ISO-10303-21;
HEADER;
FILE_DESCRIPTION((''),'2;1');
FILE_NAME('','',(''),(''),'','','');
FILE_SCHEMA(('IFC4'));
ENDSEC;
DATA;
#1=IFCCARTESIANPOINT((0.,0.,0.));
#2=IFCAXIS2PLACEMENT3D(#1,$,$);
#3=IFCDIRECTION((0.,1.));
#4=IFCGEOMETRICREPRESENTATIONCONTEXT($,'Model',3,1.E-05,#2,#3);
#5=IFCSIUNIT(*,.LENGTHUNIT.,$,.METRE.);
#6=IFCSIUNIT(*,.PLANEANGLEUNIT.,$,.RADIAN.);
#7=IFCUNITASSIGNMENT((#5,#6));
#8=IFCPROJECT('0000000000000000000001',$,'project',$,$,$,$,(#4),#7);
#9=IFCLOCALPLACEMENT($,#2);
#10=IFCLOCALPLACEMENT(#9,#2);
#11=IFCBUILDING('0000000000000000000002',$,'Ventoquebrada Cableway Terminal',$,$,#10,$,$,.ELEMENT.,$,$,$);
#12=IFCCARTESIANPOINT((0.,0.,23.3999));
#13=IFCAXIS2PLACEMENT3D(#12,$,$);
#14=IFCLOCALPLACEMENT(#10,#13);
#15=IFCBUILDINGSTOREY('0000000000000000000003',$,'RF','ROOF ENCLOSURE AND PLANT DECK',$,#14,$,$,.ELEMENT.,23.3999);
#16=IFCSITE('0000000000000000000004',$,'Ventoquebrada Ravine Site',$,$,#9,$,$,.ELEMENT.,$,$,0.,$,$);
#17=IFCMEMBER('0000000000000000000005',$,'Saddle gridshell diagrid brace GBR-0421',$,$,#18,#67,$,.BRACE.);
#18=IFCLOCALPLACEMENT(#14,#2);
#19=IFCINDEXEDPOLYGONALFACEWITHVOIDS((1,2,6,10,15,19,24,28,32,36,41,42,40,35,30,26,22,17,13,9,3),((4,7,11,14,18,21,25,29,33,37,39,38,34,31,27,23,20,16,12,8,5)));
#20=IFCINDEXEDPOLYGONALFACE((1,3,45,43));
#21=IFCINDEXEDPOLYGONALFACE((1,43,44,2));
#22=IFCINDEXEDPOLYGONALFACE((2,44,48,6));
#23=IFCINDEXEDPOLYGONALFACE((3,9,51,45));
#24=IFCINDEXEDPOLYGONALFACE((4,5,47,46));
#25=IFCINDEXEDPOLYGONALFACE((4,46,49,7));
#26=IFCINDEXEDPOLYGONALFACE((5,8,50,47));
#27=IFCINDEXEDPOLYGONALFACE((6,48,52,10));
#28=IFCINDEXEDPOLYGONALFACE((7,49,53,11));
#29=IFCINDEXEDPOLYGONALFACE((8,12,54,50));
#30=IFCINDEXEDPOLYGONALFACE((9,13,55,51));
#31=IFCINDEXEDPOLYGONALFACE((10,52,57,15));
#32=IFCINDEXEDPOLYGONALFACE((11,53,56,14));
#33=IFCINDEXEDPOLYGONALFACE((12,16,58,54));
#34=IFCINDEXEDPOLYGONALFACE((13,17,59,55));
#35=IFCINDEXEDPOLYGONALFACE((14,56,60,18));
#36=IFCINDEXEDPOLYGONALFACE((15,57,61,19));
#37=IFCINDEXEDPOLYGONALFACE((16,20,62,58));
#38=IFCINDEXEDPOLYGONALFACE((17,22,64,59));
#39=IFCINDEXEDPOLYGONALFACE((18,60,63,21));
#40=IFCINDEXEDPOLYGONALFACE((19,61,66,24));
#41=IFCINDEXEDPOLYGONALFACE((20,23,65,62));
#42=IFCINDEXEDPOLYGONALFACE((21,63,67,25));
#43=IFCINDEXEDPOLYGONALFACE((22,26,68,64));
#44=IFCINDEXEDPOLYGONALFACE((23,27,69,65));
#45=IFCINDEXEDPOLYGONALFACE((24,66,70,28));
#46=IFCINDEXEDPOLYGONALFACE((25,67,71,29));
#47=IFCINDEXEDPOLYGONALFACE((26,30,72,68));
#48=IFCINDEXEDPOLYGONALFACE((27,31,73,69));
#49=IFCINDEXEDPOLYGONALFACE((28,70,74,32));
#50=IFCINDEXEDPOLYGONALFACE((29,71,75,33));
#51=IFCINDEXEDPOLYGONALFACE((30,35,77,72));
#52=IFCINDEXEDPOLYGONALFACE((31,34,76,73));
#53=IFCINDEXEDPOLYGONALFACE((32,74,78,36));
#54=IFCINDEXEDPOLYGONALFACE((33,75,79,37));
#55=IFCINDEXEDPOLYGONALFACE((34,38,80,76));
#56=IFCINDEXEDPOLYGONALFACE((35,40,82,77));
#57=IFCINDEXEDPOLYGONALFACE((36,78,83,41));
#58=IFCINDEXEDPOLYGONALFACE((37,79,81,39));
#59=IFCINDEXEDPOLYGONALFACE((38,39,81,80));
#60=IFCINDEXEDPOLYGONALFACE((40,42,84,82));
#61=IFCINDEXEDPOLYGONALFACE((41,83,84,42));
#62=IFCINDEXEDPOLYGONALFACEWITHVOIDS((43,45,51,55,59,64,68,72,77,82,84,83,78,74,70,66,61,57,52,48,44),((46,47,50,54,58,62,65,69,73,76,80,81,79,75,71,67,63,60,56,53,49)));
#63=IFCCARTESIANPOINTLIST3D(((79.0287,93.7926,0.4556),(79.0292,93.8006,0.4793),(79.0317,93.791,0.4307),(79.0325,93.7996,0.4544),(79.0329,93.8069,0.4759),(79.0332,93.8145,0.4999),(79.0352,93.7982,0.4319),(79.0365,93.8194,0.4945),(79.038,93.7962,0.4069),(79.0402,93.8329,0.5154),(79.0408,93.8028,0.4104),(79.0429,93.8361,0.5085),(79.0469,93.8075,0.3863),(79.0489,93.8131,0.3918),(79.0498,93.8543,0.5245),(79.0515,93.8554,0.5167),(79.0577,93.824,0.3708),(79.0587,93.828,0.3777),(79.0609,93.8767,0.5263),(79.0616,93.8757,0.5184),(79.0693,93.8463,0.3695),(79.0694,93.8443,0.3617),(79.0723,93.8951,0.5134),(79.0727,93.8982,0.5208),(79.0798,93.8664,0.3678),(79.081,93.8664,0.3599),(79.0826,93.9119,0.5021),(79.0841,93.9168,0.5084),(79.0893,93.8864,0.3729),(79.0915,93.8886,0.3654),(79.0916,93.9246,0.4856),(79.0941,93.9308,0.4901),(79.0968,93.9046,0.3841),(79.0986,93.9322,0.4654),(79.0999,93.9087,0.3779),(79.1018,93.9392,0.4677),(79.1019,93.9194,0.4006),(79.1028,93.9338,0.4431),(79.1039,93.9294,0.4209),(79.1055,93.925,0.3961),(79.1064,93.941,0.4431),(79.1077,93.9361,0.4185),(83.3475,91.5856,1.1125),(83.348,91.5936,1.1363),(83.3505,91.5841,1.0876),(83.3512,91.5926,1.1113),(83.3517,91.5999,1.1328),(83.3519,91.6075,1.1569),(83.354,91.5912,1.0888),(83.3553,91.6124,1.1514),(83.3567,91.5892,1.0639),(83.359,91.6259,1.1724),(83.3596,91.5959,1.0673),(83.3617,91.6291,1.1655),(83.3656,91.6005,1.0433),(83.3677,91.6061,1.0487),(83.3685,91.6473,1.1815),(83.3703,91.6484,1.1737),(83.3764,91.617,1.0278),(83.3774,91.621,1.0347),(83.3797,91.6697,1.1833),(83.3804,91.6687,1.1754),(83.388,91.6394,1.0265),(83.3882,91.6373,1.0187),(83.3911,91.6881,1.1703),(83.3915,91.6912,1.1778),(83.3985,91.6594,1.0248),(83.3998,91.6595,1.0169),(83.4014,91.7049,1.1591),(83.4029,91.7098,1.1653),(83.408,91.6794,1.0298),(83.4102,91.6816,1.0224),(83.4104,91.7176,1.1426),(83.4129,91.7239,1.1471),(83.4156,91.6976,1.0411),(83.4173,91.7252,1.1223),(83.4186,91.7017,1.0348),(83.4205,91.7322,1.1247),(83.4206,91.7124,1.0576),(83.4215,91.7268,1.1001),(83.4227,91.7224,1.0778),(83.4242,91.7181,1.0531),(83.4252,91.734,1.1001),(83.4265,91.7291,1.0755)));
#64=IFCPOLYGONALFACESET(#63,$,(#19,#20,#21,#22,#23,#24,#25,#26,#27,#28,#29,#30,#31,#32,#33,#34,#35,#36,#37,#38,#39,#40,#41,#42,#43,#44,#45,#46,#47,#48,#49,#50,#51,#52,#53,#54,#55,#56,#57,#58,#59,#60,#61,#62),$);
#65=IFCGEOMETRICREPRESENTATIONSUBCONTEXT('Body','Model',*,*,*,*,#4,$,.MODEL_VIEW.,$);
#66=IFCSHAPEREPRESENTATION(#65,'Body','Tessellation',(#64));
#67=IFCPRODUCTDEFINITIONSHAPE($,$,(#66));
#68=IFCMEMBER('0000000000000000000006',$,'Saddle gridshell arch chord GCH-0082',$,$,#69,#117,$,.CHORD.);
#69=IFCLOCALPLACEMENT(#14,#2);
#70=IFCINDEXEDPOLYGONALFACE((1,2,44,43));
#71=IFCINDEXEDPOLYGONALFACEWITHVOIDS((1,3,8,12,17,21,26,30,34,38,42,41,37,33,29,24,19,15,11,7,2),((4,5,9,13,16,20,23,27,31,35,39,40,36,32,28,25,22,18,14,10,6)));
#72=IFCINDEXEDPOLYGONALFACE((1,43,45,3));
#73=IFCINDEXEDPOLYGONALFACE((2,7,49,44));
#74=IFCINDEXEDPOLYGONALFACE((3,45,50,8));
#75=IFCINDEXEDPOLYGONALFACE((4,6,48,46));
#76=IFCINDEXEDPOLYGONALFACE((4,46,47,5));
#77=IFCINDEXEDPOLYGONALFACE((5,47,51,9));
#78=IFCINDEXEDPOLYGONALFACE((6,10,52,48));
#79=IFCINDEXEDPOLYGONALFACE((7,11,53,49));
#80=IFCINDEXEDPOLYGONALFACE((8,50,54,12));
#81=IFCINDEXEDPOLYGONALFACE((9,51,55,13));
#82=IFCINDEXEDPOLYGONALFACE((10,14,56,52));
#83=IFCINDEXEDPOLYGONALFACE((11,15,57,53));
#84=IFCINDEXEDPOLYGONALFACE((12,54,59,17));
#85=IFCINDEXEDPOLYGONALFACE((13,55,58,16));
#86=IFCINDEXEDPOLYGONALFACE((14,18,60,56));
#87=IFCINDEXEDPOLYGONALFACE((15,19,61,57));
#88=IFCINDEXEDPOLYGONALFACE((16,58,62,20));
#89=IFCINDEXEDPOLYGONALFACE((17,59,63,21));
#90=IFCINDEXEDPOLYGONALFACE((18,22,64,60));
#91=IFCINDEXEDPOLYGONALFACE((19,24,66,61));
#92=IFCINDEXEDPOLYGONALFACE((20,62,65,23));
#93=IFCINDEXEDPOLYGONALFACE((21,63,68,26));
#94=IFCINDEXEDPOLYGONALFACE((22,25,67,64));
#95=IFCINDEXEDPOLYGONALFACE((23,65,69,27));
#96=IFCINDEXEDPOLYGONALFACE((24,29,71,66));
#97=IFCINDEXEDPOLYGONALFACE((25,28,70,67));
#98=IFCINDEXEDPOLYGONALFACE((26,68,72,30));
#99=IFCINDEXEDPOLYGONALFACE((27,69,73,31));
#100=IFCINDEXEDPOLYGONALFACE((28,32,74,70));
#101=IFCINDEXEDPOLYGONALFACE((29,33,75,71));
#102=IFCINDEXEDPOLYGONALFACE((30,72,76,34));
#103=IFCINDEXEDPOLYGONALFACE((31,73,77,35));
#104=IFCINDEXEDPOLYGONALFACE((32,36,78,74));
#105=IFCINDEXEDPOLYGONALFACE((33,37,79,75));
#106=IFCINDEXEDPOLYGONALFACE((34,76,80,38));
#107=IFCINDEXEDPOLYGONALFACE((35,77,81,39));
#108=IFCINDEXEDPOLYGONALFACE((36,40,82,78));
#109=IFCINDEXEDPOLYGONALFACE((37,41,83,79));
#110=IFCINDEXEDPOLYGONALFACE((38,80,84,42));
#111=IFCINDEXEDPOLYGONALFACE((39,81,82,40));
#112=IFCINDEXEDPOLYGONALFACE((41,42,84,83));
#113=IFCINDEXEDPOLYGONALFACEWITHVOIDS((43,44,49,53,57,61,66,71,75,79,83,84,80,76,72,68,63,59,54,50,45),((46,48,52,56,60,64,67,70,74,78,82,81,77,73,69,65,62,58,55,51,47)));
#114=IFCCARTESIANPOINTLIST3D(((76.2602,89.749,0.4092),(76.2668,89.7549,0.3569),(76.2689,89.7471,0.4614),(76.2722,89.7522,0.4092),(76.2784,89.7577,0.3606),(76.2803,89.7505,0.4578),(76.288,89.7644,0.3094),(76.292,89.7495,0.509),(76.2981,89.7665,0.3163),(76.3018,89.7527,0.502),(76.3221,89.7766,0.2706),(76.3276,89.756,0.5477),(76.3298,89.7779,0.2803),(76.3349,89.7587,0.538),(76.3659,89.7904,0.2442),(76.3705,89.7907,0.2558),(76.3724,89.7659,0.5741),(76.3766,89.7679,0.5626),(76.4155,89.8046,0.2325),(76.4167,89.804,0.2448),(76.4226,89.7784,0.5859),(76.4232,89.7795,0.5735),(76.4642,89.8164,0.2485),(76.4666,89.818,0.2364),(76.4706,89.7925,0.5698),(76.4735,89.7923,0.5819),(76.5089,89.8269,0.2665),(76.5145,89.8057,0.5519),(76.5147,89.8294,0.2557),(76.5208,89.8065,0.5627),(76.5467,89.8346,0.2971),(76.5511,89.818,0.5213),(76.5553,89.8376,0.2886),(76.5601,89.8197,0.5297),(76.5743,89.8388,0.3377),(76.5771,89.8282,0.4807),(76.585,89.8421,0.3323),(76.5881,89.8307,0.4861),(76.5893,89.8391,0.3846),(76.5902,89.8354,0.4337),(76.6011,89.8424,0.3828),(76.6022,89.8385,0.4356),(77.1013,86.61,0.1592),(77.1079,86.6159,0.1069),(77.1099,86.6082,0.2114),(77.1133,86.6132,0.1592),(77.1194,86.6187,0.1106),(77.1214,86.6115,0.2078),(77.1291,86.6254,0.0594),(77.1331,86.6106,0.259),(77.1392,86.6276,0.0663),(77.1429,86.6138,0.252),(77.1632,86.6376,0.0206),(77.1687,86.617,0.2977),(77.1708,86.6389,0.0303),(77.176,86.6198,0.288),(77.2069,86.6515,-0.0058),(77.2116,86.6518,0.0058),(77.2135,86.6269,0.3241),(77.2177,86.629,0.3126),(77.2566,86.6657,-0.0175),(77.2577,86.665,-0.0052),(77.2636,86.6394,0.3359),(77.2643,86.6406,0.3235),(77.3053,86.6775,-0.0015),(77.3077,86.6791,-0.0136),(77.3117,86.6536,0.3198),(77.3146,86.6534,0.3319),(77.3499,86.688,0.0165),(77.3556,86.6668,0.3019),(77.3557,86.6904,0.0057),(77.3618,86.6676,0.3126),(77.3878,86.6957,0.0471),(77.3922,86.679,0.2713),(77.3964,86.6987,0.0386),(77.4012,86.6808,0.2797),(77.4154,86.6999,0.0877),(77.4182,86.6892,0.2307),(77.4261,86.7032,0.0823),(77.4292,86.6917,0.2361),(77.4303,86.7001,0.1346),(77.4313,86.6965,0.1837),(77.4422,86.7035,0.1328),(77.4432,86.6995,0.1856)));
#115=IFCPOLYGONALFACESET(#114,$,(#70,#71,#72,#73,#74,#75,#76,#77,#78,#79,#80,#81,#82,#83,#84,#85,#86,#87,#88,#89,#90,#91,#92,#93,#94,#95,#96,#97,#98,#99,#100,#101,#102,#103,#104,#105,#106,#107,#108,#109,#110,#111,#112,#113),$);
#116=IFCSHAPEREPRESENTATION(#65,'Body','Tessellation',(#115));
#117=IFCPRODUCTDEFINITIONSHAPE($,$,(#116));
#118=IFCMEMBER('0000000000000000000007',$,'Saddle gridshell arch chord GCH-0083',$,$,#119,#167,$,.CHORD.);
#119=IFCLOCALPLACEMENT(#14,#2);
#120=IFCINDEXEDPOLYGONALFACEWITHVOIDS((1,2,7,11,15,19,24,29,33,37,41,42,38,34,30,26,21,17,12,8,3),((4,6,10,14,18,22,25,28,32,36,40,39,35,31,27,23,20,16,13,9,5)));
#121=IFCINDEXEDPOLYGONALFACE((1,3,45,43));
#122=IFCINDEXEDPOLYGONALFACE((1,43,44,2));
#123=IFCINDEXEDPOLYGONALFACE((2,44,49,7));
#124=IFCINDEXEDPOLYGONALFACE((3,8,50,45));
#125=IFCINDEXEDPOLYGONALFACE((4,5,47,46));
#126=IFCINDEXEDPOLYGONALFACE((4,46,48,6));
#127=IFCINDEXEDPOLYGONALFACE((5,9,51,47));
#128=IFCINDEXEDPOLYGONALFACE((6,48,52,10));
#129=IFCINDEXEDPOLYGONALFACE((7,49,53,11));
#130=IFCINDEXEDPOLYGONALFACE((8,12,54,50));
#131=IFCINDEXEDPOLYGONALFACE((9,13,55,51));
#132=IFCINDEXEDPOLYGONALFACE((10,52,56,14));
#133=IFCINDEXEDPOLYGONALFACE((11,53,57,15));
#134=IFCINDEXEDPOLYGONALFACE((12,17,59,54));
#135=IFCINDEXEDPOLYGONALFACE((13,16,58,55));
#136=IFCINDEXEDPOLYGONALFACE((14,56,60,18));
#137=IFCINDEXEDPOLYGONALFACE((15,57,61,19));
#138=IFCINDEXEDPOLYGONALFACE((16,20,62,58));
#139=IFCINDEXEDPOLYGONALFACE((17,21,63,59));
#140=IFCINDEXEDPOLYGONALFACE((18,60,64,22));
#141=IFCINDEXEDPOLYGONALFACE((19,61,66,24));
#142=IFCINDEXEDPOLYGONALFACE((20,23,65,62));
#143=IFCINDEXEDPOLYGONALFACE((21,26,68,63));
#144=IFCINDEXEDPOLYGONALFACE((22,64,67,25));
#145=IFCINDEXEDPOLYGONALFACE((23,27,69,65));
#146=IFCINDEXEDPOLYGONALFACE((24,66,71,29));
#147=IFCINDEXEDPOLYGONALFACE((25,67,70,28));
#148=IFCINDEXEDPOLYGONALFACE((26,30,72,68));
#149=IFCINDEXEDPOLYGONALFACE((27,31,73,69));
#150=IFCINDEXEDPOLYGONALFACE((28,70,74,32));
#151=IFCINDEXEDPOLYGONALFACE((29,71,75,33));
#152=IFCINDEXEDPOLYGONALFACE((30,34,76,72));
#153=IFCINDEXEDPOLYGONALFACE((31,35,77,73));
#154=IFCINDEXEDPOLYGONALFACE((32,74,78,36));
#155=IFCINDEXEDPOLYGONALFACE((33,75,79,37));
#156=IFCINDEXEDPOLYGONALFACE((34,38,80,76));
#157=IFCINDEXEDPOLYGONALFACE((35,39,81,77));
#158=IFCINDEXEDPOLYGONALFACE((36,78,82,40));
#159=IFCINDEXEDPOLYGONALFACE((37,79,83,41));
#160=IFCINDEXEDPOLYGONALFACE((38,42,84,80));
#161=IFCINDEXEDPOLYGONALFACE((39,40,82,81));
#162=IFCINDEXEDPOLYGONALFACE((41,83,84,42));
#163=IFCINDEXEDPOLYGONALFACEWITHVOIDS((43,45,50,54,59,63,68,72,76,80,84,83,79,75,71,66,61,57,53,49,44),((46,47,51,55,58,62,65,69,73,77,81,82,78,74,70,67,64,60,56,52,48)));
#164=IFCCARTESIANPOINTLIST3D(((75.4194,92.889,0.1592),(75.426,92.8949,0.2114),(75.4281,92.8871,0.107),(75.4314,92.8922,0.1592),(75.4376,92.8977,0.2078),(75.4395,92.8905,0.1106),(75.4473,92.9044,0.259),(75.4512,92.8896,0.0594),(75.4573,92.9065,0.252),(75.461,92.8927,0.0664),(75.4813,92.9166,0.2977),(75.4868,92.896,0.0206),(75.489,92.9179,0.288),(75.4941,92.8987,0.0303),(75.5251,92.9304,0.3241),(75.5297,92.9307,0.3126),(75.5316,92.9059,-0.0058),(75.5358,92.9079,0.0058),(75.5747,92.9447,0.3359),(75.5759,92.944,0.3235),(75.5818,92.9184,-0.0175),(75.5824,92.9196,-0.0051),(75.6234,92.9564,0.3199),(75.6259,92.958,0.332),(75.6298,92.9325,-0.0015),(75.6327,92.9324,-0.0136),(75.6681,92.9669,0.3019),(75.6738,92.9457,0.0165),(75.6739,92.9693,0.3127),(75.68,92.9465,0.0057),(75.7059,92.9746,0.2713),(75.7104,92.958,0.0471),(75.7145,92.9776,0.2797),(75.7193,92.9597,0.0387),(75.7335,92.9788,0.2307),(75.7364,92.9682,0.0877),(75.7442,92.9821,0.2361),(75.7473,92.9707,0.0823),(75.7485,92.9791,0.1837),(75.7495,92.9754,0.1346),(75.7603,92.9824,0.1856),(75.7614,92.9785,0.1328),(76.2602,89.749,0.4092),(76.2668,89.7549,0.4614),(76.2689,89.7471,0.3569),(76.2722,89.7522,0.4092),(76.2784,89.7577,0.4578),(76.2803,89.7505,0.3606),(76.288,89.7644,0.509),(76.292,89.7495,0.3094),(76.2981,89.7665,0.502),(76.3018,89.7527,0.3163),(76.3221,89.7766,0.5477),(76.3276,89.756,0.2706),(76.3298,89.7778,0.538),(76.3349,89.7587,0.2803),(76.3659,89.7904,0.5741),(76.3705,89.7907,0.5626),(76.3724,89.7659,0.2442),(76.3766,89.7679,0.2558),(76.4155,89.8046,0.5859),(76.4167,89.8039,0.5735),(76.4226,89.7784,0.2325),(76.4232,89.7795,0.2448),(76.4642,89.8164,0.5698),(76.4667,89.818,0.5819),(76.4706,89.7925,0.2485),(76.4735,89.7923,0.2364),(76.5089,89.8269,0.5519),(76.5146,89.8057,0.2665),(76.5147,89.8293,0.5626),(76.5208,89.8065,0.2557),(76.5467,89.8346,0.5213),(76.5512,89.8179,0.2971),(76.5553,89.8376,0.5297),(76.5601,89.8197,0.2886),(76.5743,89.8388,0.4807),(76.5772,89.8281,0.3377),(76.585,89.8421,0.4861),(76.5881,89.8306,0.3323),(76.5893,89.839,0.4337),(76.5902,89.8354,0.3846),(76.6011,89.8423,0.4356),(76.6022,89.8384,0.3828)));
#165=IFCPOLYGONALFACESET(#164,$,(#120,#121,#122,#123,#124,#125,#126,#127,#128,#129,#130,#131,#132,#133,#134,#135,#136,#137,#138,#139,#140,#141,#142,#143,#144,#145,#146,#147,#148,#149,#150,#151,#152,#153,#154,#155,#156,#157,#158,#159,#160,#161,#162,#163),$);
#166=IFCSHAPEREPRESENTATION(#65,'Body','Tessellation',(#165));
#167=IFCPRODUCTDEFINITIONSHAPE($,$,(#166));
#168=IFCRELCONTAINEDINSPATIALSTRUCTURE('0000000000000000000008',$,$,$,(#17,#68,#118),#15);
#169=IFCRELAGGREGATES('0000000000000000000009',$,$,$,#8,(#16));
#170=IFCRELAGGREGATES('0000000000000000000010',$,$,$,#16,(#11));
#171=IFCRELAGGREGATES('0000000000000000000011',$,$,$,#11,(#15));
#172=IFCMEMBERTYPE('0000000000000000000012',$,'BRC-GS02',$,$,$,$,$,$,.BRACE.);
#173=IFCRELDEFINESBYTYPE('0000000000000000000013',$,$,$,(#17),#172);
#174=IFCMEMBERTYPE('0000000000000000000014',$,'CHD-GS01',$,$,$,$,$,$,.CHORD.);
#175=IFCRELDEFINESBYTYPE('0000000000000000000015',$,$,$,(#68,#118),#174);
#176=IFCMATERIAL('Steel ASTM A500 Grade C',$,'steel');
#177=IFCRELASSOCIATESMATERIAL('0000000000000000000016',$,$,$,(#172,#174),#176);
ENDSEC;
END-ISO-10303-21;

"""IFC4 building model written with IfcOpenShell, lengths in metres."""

from ifc_helpers import new_model, si_unit, direction, frame, origin, origin_2d, place, context, subcontext, project, spatial, hollow_circle, extrude, material, material_profile, profile_set, type_object, element, save


model = new_model("IFC4")

# Units and contexts
model_context = context("Model", 3, precision=1e-05, world=origin(), true_north=direction((0.0, 1.0)))
body_context = subcontext(model_context, "Body", "Model", "MODEL_VIEW")
ifc_project = project(units=[si_unit("LENGTHUNIT", "METRE"), si_unit("PLANEANGLEUNIT", "RADIAN")], contexts=[model_context])

# Site, building, storey
site_placement = place(None, origin())
site = spatial("IfcSite", under=ifc_project, at=site_placement, Name="Ventoquebrada Ravine Site", CompositionType="ELEMENT", RefElevation=0.0)
building_placement = place(site_placement, origin())
building = spatial("IfcBuilding", under=site, at=building_placement, Name="Ventoquebrada Cableway Terminal", CompositionType="ELEMENT")
storey_placement = place(building_placement, frame((0.0, 0.0, 23.3999)))
storey = spatial("IfcBuildingStorey", under=building, at=storey_placement, Name="RF", Description="ROOF ENCLOSURE AND PLANT DECK", CompositionType="ELEMENT", Elevation=23.3999)

# Members
ifc_material_1 = material(Name="Steel ASTM A500 Grade C", Category="steel")
ifc_material_profile_1 = material_profile(ifc_material_1, hollow_circle(Radius=0.0842, WallThickness=0.0081, at=origin_2d()), Name="CHS168.3X8")
ifc_profile_set_1 = profile_set([ifc_material_profile_1], Name="Steel ASTM A500 Grade C")
member_type_1 = type_object("IfcMemberType", Name="BRC-GS02", PredefinedType="BRACE", material=ifc_profile_set_1)
member_1_placement = place(storey_placement, frame((79.0681, 93.866, 0.4431), z_axis=(0.882408, -0.450931, 0.134232), x_axis=(0.455049, 0.890466, 0.0)))
element("IfcMember", 1, at=member_1_placement, inside=storey, type_object=member_type_1, Name="Saddle gridshell diagrid brace GBR-0421", PredefinedType="BRACE", context=body_context, shape_type="SweptSolid", body=[
    extrude(hollow_circle(Radius=0.0842, WallThickness=0.0081, at=origin_2d()), origin(), (0.0, 0.0, 1.0), 4.8943),
])
ifc_material_profile_2 = material_profile(ifc_material_1, hollow_circle(Radius=0.1777, WallThickness=0.0125, at=origin_2d()), Name="CHS355.6X12.5")
ifc_profile_set_2 = profile_set([ifc_material_profile_2], Name="Steel ASTM A500 Grade C")
member_type_2 = type_object("IfcMemberType", Name="CHD-GS01", PredefinedType="CHORD", material=ifc_profile_set_2)
member_2_placement = place(storey_placement, frame((77.2729, 86.656, 0.1592), z_axis=(-0.258055, 0.96308, 0.076705), x_axis=(-0.965926, -0.258817, 0.0)))
element("IfcMember", 2, at=member_2_placement, inside=storey, type_object=member_type_2, Name="Saddle gridshell arch chord GCH-0082", PredefinedType="CHORD", context=body_context, shape_type="SweptSolid", body=[
    extrude(hollow_circle(Radius=0.1777, WallThickness=0.0125, at=origin_2d()), origin(), (0.0, 0.0, 1.0), 3.2593),
])
member_3_placement = place(storey_placement, frame((76.4319, 89.7949, 0.4092), z_axis=(-0.257892, 0.963126, -0.076679), x_axis=(-0.96597, -0.258653, 0.0)))
element("IfcMember", 3, at=member_3_placement, inside=storey, type_object=member_type_2, Name="Saddle gridshell arch chord GCH-0083", PredefinedType="CHORD", context=body_context, shape_type="SweptSolid", body=[
    extrude(hollow_circle(Radius=0.1777, WallThickness=0.0125, at=origin_2d()), origin(), (0.0, 0.0, 1.0), 3.2603),
])

save(model, "model.ifc")
